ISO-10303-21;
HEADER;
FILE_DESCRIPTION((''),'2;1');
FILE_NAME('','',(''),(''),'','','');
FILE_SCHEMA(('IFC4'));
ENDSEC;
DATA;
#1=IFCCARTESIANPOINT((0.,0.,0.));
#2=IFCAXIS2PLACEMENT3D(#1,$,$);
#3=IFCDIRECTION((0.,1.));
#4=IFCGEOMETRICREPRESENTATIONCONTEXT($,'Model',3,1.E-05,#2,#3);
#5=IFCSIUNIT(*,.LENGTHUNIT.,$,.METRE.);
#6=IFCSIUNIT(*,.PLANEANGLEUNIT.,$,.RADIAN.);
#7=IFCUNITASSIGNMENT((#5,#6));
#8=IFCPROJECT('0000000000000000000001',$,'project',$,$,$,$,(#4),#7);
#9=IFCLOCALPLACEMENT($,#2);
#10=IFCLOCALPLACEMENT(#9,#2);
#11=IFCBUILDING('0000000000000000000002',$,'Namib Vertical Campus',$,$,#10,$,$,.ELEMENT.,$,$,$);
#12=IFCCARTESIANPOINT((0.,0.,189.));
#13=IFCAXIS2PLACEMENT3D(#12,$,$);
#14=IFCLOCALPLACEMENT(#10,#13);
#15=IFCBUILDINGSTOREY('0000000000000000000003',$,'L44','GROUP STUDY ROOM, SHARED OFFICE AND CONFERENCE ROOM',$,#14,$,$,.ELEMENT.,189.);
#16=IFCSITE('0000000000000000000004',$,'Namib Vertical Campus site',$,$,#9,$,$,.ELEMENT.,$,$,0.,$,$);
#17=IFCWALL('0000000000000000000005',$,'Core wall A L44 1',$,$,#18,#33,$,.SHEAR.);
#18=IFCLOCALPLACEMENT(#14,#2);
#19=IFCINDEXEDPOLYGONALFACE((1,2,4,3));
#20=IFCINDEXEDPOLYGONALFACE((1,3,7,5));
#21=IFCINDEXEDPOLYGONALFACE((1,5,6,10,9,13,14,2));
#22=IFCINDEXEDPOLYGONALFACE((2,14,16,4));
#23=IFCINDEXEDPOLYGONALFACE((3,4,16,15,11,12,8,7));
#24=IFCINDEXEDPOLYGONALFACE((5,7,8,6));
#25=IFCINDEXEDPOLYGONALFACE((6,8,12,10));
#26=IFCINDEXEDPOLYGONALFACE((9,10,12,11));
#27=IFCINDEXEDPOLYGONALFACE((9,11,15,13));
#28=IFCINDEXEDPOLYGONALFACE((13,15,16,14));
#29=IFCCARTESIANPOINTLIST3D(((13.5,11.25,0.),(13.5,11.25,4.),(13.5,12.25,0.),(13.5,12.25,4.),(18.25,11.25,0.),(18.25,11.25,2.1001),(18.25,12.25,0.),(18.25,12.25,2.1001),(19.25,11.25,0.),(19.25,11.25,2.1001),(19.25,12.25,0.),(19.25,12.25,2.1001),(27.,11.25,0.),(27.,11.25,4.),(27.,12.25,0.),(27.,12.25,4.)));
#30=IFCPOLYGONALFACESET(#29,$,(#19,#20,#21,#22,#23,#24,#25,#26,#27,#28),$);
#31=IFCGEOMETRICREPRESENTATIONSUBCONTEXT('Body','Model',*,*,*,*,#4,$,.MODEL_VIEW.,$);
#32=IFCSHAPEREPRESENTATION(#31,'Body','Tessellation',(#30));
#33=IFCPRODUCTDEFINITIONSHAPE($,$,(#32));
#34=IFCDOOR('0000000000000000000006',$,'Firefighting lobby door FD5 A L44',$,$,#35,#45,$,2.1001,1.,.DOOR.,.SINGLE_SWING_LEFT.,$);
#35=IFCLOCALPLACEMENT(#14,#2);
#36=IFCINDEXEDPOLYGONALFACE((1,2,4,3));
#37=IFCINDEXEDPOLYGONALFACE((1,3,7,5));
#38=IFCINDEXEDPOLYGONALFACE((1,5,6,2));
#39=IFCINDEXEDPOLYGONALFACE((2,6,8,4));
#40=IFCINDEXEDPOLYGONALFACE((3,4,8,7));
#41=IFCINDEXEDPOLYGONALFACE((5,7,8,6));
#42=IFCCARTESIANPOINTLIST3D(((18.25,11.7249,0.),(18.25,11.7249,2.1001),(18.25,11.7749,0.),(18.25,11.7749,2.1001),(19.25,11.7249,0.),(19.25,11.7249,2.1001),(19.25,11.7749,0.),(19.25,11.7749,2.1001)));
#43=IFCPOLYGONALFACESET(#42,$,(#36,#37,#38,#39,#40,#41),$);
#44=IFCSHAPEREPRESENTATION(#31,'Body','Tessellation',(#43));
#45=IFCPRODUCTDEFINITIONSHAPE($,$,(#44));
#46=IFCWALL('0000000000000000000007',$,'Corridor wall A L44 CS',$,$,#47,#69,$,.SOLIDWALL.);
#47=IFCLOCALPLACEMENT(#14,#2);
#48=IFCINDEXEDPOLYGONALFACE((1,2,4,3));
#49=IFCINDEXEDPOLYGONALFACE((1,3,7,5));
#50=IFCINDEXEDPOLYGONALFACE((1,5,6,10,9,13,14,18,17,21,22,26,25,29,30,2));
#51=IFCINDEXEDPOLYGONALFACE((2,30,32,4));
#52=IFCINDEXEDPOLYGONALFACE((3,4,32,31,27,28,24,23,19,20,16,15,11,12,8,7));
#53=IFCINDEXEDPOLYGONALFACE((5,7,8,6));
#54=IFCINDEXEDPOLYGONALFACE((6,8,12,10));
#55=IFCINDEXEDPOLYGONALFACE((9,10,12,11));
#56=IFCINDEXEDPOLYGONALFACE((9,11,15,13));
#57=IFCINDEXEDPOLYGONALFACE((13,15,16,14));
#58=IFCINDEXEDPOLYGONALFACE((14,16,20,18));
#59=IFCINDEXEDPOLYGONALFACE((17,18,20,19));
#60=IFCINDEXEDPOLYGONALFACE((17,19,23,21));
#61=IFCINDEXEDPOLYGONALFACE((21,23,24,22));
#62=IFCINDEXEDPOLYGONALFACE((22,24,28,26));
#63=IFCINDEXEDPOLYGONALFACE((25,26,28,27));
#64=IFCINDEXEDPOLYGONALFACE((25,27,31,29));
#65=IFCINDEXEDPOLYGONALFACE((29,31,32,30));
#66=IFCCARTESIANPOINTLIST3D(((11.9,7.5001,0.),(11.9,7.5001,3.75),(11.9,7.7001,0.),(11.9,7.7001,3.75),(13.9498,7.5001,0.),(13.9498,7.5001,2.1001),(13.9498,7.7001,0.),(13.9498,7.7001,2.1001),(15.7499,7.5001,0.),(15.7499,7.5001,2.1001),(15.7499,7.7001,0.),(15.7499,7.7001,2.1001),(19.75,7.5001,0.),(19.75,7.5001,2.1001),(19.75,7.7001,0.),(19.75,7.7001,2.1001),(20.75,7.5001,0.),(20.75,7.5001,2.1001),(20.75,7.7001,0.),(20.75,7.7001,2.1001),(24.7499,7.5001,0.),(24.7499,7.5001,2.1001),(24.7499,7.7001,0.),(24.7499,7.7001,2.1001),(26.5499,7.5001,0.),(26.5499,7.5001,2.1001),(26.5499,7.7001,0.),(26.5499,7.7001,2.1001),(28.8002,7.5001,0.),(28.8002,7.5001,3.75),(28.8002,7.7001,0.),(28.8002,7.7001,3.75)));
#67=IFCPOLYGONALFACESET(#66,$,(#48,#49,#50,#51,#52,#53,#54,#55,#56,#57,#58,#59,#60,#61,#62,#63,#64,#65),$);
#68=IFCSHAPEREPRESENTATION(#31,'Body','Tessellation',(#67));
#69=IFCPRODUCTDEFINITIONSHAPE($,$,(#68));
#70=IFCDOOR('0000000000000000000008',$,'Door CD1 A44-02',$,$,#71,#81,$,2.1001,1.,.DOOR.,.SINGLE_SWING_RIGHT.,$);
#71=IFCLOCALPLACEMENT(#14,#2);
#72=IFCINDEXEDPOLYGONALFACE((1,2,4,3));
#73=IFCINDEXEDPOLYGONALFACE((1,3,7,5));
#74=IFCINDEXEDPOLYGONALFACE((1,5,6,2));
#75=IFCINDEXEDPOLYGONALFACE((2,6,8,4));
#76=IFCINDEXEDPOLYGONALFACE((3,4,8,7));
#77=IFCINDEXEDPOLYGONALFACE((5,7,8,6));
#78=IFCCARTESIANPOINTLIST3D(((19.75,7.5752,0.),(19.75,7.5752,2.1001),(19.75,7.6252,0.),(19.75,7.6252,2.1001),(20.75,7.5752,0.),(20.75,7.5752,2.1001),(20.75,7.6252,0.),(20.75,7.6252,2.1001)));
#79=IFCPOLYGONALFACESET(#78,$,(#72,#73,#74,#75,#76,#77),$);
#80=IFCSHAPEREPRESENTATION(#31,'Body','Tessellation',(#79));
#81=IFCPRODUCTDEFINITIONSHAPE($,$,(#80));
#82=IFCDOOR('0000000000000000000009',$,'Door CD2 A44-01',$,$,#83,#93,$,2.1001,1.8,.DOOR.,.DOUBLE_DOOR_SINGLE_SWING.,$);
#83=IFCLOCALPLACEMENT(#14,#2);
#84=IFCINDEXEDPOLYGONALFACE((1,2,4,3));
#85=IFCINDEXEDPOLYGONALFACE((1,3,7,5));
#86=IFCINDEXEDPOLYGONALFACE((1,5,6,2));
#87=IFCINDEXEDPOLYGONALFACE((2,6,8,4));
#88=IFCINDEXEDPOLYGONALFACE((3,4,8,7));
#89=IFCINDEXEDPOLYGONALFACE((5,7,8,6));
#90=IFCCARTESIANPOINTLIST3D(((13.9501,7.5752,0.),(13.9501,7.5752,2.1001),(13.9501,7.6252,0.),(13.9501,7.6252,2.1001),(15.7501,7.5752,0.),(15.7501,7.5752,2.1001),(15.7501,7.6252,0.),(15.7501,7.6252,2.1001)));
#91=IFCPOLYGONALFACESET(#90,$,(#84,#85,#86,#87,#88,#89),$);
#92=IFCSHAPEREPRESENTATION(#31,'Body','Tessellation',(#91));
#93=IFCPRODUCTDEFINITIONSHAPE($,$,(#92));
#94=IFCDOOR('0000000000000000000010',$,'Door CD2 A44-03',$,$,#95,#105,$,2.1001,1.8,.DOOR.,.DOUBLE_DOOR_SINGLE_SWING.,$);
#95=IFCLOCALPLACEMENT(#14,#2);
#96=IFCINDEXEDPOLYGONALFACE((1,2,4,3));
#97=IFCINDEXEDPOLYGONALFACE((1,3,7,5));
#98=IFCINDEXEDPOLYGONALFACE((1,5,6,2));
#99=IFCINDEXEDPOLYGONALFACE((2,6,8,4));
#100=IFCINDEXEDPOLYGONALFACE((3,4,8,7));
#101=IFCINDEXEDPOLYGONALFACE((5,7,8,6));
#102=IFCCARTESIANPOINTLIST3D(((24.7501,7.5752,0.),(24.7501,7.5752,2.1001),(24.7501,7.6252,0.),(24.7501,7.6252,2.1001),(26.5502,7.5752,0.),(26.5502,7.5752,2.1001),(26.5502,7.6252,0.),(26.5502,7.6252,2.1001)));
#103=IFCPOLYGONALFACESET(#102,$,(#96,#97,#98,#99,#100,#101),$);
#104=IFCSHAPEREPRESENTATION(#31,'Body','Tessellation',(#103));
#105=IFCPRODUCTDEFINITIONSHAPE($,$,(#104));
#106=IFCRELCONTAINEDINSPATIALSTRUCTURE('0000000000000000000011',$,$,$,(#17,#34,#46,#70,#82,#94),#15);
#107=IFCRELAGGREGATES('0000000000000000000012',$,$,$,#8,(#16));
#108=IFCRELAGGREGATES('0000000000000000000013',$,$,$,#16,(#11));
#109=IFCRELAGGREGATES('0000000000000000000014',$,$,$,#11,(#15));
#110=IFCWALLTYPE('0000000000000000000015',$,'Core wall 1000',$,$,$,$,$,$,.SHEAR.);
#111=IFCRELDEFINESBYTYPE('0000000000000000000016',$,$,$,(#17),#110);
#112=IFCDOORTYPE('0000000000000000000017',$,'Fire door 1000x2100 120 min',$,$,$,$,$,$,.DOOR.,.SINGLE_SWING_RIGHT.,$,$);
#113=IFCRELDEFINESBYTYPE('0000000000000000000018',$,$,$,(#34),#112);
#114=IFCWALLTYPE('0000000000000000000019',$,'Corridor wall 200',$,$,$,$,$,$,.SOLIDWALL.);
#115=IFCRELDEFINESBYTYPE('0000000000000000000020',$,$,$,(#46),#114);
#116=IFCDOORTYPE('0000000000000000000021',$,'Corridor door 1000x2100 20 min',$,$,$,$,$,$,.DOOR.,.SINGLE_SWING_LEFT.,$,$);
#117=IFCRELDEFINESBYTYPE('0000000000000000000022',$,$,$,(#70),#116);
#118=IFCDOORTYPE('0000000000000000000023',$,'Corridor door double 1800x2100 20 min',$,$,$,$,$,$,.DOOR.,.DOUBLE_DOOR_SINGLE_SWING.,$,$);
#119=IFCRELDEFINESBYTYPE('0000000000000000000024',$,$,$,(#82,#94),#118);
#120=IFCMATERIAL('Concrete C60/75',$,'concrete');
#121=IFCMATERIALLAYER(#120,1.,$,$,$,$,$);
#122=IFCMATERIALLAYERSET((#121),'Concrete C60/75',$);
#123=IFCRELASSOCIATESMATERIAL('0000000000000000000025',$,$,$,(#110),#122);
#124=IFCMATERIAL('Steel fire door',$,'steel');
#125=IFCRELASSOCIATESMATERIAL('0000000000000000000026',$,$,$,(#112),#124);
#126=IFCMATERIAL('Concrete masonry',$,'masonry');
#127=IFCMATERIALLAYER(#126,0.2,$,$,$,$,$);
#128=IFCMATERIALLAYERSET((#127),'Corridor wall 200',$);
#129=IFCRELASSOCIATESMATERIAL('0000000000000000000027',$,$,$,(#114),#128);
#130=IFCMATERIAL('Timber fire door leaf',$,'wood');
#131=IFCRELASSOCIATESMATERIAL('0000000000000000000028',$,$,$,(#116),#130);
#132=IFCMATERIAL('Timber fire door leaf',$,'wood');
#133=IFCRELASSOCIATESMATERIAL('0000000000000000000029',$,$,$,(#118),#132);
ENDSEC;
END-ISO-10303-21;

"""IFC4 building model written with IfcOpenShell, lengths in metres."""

from ifc_helpers import new_model, si_unit, direction, frame, frame_2d, origin, place, context, subcontext, project, spatial, rectangle, extrude, material, layer, layer_set, type_object, element, fill, save


model = new_model("IFC4")

# Units and contexts
model_context = context("Model", 3, precision=1e-05, world=origin(), true_north=direction((0.0, 1.0)))
body_context = subcontext(model_context, "Body", "Model", "MODEL_VIEW")
ifc_project = project(units=[si_unit("LENGTHUNIT", "METRE"), si_unit("PLANEANGLEUNIT", "RADIAN")], contexts=[model_context])

# Site, building, storey
site_placement = place(None, origin())
site = spatial("IfcSite", under=ifc_project, at=site_placement, Name="Namib Vertical Campus site", CompositionType="ELEMENT", RefElevation=0.0)
building_placement = place(site_placement, origin())
building = spatial("IfcBuilding", under=site, at=building_placement, Name="Namib Vertical Campus", CompositionType="ELEMENT")
storey_placement = place(building_placement, frame((0.0, 0.0, 189.0)))
storey = spatial("IfcBuildingStorey", under=building, at=storey_placement, Name="L44", Description="GROUP STUDY ROOM, SHARED OFFICE AND CONFERENCE ROOM", CompositionType="ELEMENT", Elevation=189.0)

# Wall, opening, door
ifc_material_1 = material(Name="Concrete C60/75", Category="concrete")
ifc_layer_1 = layer(ifc_material_1, 1.0)
ifc_layer_set_1 = layer_set([ifc_layer_1], Name="Concrete C60/75")
wall_type_1 = type_object("IfcWallType", Name="Core wall 1000", PredefinedType="SHEAR", material=ifc_layer_set_1)
wall_1_placement = place(storey_placement, frame((13.5, 11.75, 0.0), z_axis=(0.0, 0.0, 1.0), x_axis=(1.0, 0.0, 0.0)))
wall_1 = element("IfcWall", 1, at=wall_1_placement, inside=storey, type_object=wall_type_1, Name="Core wall A L44 1", PredefinedType="SHEAR", context=body_context, shape_type="SweptSolid", body=[
    extrude(rectangle(XDim=13.5, YDim=1.0, at=frame_2d((6.75, 0.0))), origin(), (0.0, 0.0, 1.0), 4.0),
])
opening_1_placement = place(wall_1_placement, frame((4.75, 0.0, 0.0)))
opening_1 = element("IfcOpeningElement", 2, at=opening_1_placement, cuts=wall_1, PredefinedType="OPENING", context=body_context, shape_type="SweptSolid", body=[
    extrude(rectangle(XDim=1.0, YDim=2.1001, at=frame_2d((0.5, 1.05))), frame((0.0, 0.51, 0.0), z_axis=(0.0, -1.0, 0.0), x_axis=(1.0, 0.0, 0.0)), (0.0, 0.0, 1.0), 1.02),
])
ifc_material_2 = material(Name="Steel fire door", Category="steel")
door_type_1 = type_object("IfcDoorType", Name="Fire door 1000x2100 120 min", OperationType="SINGLE_SWING_RIGHT", PredefinedType="DOOR", material=ifc_material_2)
door_1_placement = place(opening_1_placement, origin())
door_1 = element("IfcDoor", 3, at=door_1_placement, inside=storey, type_object=door_type_1, Name="Firefighting lobby door FD5 A L44", OperationType="SINGLE_SWING_LEFT", OverallHeight=2.1001, OverallWidth=1.0, PredefinedType="DOOR", context=body_context, shape_type="SweptSolid", body=[
    extrude(rectangle(XDim=1.0, YDim=2.1001, at=frame_2d((0.5, 1.05))), frame((0.0, 0.0249, 0.0), z_axis=(0.0, -1.0, 0.0), x_axis=(1.0, 0.0, 0.0)), (0.0, 0.0, 1.0), 0.05),
])
fill(opening_1, door_1)

# Wall, openings, doors
ifc_material_3 = material(Name="Concrete masonry", Category="masonry")
ifc_layer_2 = layer(ifc_material_3, 0.2)
ifc_layer_set_2 = layer_set([ifc_layer_2], Name="Corridor wall 200")
wall_type_2 = type_object("IfcWallType", Name="Corridor wall 200", PredefinedType="SOLIDWALL", material=ifc_layer_set_2)
wall_2_placement = place(storey_placement, frame((11.8999, 7.6001, 0.0), z_axis=(0.0, 0.0, 1.0), x_axis=(1.0, 0.0, 0.0)))
wall_2 = element("IfcWall", 4, at=wall_2_placement, inside=storey, type_object=wall_type_2, Name="Corridor wall A L44 CS", PredefinedType="SOLIDWALL", context=body_context, shape_type="SweptSolid", body=[
    extrude(rectangle(XDim=16.9001, YDim=0.2, at=frame_2d((8.4502, 0.0))), origin(), (0.0, 0.0, 1.0), 3.75),
])
opening_2_placement = place(wall_2_placement, frame((2.05, 0.0, 0.0)))
opening_2 = element("IfcOpeningElement", 5, at=opening_2_placement, cuts=wall_2, PredefinedType="OPENING", context=body_context, shape_type="SweptSolid", body=[
    extrude(rectangle(XDim=1.8, YDim=2.1001, at=frame_2d((0.8999, 1.05))), frame((0.0, 0.1099, 0.0), z_axis=(0.0, -1.0, 0.0), x_axis=(1.0, 0.0, 0.0)), (0.0, 0.0, 1.0), 0.22),
])
opening_3_placement = place(wall_2_placement, frame((7.8501, 0.0, 0.0)))
opening_3 = element("IfcOpeningElement", 6, at=opening_3_placement, cuts=wall_2, PredefinedType="OPENING", context=body_context, shape_type="SweptSolid", body=[
    extrude(rectangle(XDim=1.0, YDim=2.1001, at=frame_2d((0.5, 1.05))), frame((0.0, 0.1099, 0.0), z_axis=(0.0, -1.0, 0.0), x_axis=(1.0, 0.0, 0.0)), (0.0, 0.0, 1.0), 0.22),
])
opening_4_placement = place(wall_2_placement, frame((12.8501, 0.0, 0.0)))
opening_4 = element("IfcOpeningElement", 7, at=opening_4_placement, cuts=wall_2, PredefinedType="OPENING", context=body_context, shape_type="SweptSolid", body=[
    extrude(rectangle(XDim=1.8, YDim=2.1001, at=frame_2d((0.8999, 1.05))), frame((0.0, 0.1099, 0.0), z_axis=(0.0, -1.0, 0.0), x_axis=(1.0, 0.0, 0.0)), (0.0, 0.0, 1.0), 0.22),
])
ifc_material_4 = material(Name="Timber fire door leaf", Category="wood")
door_type_2 = type_object("IfcDoorType", Name="Corridor door 1000x2100 20 min", OperationType="SINGLE_SWING_LEFT", PredefinedType="DOOR", material=ifc_material_4)
door_2_placement = place(opening_3_placement, frame((1.0, 0.0, 0.0), z_axis=(0.0, 0.0, 1.0), x_axis=(-1.0, 0.0, 0.0)))
door_2 = element("IfcDoor", 8, at=door_2_placement, inside=storey, type_object=door_type_2, Name="Door CD1 A44-02", OperationType="SINGLE_SWING_RIGHT", OverallHeight=2.1001, OverallWidth=1.0, PredefinedType="DOOR", context=body_context, shape_type="SweptSolid", body=[
    extrude(rectangle(XDim=1.0, YDim=2.1001, at=frame_2d((0.5, 1.05))), frame((0.0, 0.0249, 0.0), z_axis=(0.0, -1.0, 0.0), x_axis=(1.0, 0.0, 0.0)), (0.0, 0.0, 1.0), 0.05),
])
fill(opening_3, door_2)
ifc_material_5 = material(Name="Timber fire door leaf", Category="wood")
door_type_3 = type_object("IfcDoorType", Name="Corridor door double 1800x2100 20 min", OperationType="DOUBLE_DOOR_SINGLE_SWING", PredefinedType="DOOR", material=ifc_material_5)
door_3_placement = place(opening_2_placement, frame((1.8, 0.0, 0.0), z_axis=(0.0, 0.0, 1.0), x_axis=(-1.0, 0.0, 0.0)))
door_3 = element("IfcDoor", 9, at=door_3_placement, inside=storey, type_object=door_type_3, Name="Door CD2 A44-01", OperationType="DOUBLE_DOOR_SINGLE_SWING", OverallHeight=2.1001, OverallWidth=1.8, PredefinedType="DOOR", context=body_context, shape_type="SweptSolid", body=[
    extrude(rectangle(XDim=1.8, YDim=2.1001, at=frame_2d((0.8999, 1.05))), frame((0.0, 0.0249, 0.0), z_axis=(0.0, -1.0, 0.0), x_axis=(1.0, 0.0, 0.0)), (0.0, 0.0, 1.0), 0.05),
])
fill(opening_2, door_3)
door_4_placement = place(opening_4_placement, frame((1.8, 0.0, 0.0), z_axis=(0.0, 0.0, 1.0), x_axis=(-1.0, 0.0, 0.0)))
door_4 = element("IfcDoor", 10, at=door_4_placement, inside=storey, type_object=door_type_3, Name="Door CD2 A44-03", OperationType="DOUBLE_DOOR_SINGLE_SWING", OverallHeight=2.1001, OverallWidth=1.8, PredefinedType="DOOR", context=body_context, shape_type="SweptSolid", body=[
    extrude(rectangle(XDim=1.8, YDim=2.1001, at=frame_2d((0.8999, 1.05))), frame((0.0, 0.0249, 0.0), z_axis=(0.0, -1.0, 0.0), x_axis=(1.0, 0.0, 0.0)), (0.0, 0.0, 1.0), 0.05),
])
fill(opening_4, door_4)

save(model, "model.ifc")
